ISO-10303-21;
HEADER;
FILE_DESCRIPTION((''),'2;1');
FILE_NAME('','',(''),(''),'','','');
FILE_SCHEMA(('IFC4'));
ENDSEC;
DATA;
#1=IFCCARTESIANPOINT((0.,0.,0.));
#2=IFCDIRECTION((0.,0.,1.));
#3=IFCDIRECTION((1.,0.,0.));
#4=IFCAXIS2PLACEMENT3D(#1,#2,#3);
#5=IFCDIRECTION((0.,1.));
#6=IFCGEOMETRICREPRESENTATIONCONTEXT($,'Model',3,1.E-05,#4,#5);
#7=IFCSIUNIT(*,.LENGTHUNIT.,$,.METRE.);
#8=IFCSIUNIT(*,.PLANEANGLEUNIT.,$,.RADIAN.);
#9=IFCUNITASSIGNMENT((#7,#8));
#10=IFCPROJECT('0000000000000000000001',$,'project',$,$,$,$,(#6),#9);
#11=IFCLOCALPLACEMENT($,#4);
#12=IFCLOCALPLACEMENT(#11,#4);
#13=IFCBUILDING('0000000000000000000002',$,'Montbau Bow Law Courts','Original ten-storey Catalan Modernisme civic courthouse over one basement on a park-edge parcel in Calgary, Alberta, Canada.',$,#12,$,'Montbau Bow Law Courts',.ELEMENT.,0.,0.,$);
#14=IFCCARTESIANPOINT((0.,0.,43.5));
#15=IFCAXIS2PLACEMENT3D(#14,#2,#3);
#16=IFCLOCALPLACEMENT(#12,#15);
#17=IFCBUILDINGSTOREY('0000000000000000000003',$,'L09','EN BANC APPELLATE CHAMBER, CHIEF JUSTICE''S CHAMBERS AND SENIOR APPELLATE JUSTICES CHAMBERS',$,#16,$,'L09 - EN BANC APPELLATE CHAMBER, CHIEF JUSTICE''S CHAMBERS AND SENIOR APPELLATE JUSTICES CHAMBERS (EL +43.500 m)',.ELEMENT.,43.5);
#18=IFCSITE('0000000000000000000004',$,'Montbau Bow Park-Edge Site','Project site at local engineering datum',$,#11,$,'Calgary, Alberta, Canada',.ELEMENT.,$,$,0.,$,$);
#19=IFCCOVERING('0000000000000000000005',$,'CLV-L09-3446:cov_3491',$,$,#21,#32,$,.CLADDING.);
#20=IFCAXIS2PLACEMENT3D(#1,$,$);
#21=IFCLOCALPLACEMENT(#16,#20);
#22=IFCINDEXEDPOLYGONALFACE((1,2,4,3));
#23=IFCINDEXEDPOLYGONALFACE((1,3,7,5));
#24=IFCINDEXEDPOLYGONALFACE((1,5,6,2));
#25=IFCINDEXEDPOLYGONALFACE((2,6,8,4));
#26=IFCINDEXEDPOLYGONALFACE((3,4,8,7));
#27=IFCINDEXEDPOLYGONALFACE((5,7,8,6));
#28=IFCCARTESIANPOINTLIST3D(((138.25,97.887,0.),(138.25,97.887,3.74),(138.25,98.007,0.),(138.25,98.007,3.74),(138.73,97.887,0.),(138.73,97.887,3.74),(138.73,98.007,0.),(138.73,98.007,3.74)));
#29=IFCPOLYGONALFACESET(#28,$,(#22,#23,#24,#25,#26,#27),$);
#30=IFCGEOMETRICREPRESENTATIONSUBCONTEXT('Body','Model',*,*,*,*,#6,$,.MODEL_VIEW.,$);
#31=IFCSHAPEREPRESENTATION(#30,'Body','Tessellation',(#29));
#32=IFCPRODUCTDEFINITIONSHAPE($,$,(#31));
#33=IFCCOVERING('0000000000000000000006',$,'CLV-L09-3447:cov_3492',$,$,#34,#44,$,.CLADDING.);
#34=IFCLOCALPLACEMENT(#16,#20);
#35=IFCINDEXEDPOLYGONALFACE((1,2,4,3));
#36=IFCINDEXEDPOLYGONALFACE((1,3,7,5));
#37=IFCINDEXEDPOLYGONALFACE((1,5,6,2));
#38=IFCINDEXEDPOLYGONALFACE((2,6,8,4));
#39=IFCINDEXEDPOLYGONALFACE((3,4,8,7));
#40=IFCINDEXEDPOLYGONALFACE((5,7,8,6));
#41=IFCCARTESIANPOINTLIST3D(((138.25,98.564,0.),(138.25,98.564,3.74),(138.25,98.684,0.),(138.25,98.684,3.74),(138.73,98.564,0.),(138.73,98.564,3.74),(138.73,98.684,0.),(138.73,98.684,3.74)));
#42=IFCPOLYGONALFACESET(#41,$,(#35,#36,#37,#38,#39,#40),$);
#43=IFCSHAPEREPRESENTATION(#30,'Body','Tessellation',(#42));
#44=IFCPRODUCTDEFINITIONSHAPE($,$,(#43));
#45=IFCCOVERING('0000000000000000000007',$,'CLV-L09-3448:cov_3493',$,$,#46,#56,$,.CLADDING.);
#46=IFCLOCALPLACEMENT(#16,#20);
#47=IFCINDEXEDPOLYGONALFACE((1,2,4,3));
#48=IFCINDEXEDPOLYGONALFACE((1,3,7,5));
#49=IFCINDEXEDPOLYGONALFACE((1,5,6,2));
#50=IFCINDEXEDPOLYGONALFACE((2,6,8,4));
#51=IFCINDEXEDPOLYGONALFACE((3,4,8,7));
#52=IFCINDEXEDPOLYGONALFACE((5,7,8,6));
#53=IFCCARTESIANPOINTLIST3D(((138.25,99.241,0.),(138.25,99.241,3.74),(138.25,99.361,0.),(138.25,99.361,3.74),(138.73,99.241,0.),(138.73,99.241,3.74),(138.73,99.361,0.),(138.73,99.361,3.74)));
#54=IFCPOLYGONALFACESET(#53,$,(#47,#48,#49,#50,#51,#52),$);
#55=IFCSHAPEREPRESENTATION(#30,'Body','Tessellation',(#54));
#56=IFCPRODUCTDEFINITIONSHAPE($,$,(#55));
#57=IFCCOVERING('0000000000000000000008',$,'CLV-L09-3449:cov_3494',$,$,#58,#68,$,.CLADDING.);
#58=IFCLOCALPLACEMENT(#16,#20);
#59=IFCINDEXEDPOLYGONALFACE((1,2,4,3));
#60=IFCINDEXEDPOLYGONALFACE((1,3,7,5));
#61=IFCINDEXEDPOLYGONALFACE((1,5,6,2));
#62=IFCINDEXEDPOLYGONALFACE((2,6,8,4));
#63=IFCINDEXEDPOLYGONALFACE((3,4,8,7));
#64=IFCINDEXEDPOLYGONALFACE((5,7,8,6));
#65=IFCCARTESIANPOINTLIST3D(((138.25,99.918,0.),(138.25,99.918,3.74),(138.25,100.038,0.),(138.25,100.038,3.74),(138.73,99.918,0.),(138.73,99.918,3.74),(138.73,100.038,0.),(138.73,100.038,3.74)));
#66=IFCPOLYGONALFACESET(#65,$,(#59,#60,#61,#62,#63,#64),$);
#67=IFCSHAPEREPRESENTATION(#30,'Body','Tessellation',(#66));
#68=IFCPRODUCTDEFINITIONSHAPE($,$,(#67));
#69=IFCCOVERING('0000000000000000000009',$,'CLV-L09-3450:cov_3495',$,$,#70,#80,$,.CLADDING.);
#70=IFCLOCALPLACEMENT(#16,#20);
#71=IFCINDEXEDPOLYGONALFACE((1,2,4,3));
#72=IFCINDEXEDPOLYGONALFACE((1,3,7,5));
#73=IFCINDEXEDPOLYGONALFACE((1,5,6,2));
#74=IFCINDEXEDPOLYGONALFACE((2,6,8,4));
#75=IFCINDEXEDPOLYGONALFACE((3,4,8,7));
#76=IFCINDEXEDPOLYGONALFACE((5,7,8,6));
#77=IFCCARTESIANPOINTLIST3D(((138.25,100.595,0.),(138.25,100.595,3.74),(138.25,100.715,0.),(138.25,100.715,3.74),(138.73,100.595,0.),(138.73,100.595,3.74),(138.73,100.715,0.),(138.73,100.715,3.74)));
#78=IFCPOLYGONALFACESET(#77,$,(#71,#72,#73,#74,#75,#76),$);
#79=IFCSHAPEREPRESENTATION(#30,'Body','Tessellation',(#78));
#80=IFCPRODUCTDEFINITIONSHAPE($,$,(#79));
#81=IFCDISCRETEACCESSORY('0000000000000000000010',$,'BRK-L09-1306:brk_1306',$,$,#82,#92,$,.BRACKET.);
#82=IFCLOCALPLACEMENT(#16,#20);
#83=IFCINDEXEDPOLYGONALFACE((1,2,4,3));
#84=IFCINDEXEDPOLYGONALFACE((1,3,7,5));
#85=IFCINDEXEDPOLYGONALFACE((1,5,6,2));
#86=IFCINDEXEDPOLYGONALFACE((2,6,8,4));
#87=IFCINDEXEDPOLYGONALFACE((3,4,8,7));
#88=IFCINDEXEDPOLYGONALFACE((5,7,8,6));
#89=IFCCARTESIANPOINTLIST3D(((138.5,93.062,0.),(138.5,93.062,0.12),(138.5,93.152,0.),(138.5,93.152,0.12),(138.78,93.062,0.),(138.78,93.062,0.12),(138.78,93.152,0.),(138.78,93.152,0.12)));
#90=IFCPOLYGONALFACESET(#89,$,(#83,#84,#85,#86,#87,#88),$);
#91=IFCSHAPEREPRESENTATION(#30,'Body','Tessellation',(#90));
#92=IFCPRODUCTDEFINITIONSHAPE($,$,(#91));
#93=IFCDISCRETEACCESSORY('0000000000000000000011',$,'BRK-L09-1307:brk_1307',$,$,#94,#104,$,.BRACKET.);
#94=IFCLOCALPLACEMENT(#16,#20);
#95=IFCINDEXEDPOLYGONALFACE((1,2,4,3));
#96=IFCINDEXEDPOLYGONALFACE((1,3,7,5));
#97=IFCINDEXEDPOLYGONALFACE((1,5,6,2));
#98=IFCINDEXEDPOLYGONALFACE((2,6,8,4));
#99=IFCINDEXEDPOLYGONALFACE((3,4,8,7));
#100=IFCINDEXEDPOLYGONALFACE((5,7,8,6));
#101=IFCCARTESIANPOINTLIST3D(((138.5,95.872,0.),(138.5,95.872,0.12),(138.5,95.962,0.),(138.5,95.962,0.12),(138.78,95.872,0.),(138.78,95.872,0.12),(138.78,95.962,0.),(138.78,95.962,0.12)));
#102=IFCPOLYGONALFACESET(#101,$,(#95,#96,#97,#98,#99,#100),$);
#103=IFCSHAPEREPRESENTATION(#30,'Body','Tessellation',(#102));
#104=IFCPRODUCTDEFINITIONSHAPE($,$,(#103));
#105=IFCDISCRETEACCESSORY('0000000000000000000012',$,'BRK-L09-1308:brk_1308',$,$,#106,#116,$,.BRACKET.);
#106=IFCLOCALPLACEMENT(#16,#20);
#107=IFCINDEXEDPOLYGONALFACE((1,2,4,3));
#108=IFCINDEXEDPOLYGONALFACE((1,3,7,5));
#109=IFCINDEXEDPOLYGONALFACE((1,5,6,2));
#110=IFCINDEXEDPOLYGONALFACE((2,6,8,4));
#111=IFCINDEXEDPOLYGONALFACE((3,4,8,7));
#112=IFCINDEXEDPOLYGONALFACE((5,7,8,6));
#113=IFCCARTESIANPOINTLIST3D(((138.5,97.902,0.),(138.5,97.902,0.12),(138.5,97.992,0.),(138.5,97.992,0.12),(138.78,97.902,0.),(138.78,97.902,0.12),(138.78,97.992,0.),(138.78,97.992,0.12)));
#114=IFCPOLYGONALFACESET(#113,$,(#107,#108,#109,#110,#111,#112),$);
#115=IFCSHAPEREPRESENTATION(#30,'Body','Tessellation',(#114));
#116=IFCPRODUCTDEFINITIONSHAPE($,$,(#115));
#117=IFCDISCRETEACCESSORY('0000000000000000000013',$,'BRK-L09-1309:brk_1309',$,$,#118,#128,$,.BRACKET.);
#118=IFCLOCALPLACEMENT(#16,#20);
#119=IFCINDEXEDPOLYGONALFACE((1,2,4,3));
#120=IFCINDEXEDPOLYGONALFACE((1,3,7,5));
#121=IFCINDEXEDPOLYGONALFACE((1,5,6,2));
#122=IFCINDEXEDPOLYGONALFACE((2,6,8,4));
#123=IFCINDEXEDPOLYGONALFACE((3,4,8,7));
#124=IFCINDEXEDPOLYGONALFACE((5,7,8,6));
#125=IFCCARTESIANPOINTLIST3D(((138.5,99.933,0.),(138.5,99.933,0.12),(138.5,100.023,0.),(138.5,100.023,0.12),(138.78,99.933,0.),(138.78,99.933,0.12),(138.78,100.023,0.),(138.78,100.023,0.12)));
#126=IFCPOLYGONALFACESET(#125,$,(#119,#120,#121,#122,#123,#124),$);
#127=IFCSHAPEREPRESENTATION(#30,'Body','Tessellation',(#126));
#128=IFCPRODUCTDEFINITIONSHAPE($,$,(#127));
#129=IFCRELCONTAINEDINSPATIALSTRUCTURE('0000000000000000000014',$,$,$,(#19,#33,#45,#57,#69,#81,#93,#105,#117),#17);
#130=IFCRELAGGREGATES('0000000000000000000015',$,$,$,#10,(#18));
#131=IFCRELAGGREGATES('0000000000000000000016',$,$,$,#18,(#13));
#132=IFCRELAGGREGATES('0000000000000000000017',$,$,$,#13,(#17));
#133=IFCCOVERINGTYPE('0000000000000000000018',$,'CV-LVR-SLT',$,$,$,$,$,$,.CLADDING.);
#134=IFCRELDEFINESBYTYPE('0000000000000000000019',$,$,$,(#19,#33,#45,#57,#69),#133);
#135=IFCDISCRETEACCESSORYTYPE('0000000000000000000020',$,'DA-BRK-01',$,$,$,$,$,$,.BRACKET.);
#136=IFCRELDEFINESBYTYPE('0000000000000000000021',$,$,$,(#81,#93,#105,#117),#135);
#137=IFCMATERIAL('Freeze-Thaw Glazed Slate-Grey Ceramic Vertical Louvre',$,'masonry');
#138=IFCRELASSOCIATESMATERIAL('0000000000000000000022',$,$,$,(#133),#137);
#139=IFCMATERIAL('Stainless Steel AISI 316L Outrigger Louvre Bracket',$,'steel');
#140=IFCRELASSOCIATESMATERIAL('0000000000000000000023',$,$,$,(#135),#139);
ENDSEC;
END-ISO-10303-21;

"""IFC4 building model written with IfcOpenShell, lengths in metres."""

from ifc_helpers import new_model, si_unit, direction, frame, frame_2d, origin_with_axes, origin_2d_with_axis, place, context, subcontext, project, spatial, rectangle, extrude, material, type_object, element, save


model = new_model("IFC4")

# Units and contexts
model_context = context("Model", 3, precision=1e-05, world=origin_with_axes(), true_north=direction((0.0, 1.0)))
body_context = subcontext(model_context, "Body", "Model", "MODEL_VIEW")
ifc_project = project(units=[si_unit("LENGTHUNIT", "METRE"), si_unit("PLANEANGLEUNIT", "RADIAN")], contexts=[model_context])

# Site, building, storey
site_placement = place(None, origin_with_axes())
site = spatial("IfcSite", under=ifc_project, at=site_placement, Name="Montbau Bow Park-Edge Site", Description="Project site at local engineering datum", LongName="Calgary, Alberta, Canada", CompositionType="ELEMENT", RefElevation=0.0)
building_placement = place(site_placement, origin_with_axes())
building = spatial("IfcBuilding", under=site, at=building_placement, Name="Montbau Bow Law Courts", Description="Original ten-storey Catalan Modernisme civic courthouse over one basement on a park-edge parcel in Calgary, Alberta, Canada.", LongName="Montbau Bow Law Courts", CompositionType="ELEMENT", ElevationOfRefHeight=0.0, ElevationOfTerrain=0.0)
storey_placement = place(building_placement, frame((0.0, 0.0, 43.5), z_axis=(0.0, 0.0, 1.0), x_axis=(1.0, 0.0, 0.0)))
storey = spatial("IfcBuildingStorey", under=building, at=storey_placement, Name="L09", Description="EN BANC APPELLATE CHAMBER, CHIEF JUSTICE'S CHAMBERS AND SENIOR APPELLATE JUSTICES CHAMBERS", LongName="L09 - EN BANC APPELLATE CHAMBER, CHIEF JUSTICE'S CHAMBERS AND SENIOR APPELLATE JUSTICES CHAMBERS (EL +43.500 m)", CompositionType="ELEMENT", Elevation=43.5)

# Coverings
ifc_material_1 = material(Name="Freeze-Thaw Glazed Slate-Grey Ceramic Vertical Louvre", Category="masonry")
covering_type = type_object("IfcCoveringType", Name="CV-LVR-SLT", PredefinedType="CLADDING", material=ifc_material_1)
for number, where, z_axis, x_axis, name in (
    (1, (138.73, 97.947, 43.5), (0.0, 1.0, 0.0), (-1.0, 0.0, 0.0), "CLV-L09-3446:cov_3491"),
    (2, (138.73, 98.624, 43.5), (0.0, 1.0, 0.0), (-1.0, 0.0, 0.0), "CLV-L09-3447:cov_3492"),
    (3, (138.73, 99.301, 43.5), (0.0, 1.0, 0.0), (-1.0, 0.0, 0.0), "CLV-L09-3448:cov_3493"),
    (4, (138.73, 99.978, 43.5), (0.0, 1.0, 0.0), (-1.0, 0.0, 0.0), "CLV-L09-3449:cov_3494"),
    (5, (138.73, 100.655, 43.5), (0.0, 1.0, 0.0), (-1.0, 0.0, 0.0), "CLV-L09-3450:cov_3495"),
):
    element("IfcCovering", number, at=place(None, frame(where, z_axis=z_axis, x_axis=x_axis)), inside=storey, type_object=covering_type, Name=name, PredefinedType="CLADDING", context=body_context, shape_type="SweptSolid", body=[
        extrude(rectangle(XDim=0.48, YDim=3.74, at=frame_2d((0.24, 1.87), x_axis=(1.0, 0.0))), frame((0.0, 0.0, -0.06), z_axis=(0.0, 0.0, 1.0), x_axis=(1.0, 0.0, 0.0)), (0.0, 0.0, 1.0), 0.12),
    ])

# Discrete accessories
ifc_material_2 = material(Name="Stainless Steel AISI 316L Outrigger Louvre Bracket", Category="steel")
discrete_accessory_type = type_object("IfcDiscreteAccessoryType", Name="DA-BRK-01", PredefinedType="BRACKET", material=ifc_material_2)
for number, where, z_axis, x_axis, name in (
    (6, (138.64, 93.107, 43.5), (0.0, 0.0, 1.0), (-1.0, 0.0, 0.0), "BRK-L09-1306:brk_1306"),
    (7, (138.64, 95.917, 43.5), (0.0, 0.0, 1.0), (-1.0, 0.0, 0.0), "BRK-L09-1307:brk_1307"),
    (8, (138.64, 97.947, 43.5), (0.0, 0.0, 1.0), (-1.0, 0.0, 0.0), "BRK-L09-1308:brk_1308"),
    (9, (138.64, 99.978, 43.5), (0.0, 0.0, 1.0), (-1.0, 0.0, 0.0), "BRK-L09-1309:brk_1309"),
):
    element("IfcDiscreteAccessory", number, at=place(None, frame(where, z_axis=z_axis, x_axis=x_axis)), inside=storey, type_object=discrete_accessory_type, Name=name, PredefinedType="BRACKET", context=body_context, shape_type="SweptSolid", body=[
        extrude(rectangle(XDim=0.28, YDim=0.09, at=origin_2d_with_axis()), origin_with_axes(), (0.0, 0.0, 1.0), 0.12),
    ])

save(model, "model.ifc")
